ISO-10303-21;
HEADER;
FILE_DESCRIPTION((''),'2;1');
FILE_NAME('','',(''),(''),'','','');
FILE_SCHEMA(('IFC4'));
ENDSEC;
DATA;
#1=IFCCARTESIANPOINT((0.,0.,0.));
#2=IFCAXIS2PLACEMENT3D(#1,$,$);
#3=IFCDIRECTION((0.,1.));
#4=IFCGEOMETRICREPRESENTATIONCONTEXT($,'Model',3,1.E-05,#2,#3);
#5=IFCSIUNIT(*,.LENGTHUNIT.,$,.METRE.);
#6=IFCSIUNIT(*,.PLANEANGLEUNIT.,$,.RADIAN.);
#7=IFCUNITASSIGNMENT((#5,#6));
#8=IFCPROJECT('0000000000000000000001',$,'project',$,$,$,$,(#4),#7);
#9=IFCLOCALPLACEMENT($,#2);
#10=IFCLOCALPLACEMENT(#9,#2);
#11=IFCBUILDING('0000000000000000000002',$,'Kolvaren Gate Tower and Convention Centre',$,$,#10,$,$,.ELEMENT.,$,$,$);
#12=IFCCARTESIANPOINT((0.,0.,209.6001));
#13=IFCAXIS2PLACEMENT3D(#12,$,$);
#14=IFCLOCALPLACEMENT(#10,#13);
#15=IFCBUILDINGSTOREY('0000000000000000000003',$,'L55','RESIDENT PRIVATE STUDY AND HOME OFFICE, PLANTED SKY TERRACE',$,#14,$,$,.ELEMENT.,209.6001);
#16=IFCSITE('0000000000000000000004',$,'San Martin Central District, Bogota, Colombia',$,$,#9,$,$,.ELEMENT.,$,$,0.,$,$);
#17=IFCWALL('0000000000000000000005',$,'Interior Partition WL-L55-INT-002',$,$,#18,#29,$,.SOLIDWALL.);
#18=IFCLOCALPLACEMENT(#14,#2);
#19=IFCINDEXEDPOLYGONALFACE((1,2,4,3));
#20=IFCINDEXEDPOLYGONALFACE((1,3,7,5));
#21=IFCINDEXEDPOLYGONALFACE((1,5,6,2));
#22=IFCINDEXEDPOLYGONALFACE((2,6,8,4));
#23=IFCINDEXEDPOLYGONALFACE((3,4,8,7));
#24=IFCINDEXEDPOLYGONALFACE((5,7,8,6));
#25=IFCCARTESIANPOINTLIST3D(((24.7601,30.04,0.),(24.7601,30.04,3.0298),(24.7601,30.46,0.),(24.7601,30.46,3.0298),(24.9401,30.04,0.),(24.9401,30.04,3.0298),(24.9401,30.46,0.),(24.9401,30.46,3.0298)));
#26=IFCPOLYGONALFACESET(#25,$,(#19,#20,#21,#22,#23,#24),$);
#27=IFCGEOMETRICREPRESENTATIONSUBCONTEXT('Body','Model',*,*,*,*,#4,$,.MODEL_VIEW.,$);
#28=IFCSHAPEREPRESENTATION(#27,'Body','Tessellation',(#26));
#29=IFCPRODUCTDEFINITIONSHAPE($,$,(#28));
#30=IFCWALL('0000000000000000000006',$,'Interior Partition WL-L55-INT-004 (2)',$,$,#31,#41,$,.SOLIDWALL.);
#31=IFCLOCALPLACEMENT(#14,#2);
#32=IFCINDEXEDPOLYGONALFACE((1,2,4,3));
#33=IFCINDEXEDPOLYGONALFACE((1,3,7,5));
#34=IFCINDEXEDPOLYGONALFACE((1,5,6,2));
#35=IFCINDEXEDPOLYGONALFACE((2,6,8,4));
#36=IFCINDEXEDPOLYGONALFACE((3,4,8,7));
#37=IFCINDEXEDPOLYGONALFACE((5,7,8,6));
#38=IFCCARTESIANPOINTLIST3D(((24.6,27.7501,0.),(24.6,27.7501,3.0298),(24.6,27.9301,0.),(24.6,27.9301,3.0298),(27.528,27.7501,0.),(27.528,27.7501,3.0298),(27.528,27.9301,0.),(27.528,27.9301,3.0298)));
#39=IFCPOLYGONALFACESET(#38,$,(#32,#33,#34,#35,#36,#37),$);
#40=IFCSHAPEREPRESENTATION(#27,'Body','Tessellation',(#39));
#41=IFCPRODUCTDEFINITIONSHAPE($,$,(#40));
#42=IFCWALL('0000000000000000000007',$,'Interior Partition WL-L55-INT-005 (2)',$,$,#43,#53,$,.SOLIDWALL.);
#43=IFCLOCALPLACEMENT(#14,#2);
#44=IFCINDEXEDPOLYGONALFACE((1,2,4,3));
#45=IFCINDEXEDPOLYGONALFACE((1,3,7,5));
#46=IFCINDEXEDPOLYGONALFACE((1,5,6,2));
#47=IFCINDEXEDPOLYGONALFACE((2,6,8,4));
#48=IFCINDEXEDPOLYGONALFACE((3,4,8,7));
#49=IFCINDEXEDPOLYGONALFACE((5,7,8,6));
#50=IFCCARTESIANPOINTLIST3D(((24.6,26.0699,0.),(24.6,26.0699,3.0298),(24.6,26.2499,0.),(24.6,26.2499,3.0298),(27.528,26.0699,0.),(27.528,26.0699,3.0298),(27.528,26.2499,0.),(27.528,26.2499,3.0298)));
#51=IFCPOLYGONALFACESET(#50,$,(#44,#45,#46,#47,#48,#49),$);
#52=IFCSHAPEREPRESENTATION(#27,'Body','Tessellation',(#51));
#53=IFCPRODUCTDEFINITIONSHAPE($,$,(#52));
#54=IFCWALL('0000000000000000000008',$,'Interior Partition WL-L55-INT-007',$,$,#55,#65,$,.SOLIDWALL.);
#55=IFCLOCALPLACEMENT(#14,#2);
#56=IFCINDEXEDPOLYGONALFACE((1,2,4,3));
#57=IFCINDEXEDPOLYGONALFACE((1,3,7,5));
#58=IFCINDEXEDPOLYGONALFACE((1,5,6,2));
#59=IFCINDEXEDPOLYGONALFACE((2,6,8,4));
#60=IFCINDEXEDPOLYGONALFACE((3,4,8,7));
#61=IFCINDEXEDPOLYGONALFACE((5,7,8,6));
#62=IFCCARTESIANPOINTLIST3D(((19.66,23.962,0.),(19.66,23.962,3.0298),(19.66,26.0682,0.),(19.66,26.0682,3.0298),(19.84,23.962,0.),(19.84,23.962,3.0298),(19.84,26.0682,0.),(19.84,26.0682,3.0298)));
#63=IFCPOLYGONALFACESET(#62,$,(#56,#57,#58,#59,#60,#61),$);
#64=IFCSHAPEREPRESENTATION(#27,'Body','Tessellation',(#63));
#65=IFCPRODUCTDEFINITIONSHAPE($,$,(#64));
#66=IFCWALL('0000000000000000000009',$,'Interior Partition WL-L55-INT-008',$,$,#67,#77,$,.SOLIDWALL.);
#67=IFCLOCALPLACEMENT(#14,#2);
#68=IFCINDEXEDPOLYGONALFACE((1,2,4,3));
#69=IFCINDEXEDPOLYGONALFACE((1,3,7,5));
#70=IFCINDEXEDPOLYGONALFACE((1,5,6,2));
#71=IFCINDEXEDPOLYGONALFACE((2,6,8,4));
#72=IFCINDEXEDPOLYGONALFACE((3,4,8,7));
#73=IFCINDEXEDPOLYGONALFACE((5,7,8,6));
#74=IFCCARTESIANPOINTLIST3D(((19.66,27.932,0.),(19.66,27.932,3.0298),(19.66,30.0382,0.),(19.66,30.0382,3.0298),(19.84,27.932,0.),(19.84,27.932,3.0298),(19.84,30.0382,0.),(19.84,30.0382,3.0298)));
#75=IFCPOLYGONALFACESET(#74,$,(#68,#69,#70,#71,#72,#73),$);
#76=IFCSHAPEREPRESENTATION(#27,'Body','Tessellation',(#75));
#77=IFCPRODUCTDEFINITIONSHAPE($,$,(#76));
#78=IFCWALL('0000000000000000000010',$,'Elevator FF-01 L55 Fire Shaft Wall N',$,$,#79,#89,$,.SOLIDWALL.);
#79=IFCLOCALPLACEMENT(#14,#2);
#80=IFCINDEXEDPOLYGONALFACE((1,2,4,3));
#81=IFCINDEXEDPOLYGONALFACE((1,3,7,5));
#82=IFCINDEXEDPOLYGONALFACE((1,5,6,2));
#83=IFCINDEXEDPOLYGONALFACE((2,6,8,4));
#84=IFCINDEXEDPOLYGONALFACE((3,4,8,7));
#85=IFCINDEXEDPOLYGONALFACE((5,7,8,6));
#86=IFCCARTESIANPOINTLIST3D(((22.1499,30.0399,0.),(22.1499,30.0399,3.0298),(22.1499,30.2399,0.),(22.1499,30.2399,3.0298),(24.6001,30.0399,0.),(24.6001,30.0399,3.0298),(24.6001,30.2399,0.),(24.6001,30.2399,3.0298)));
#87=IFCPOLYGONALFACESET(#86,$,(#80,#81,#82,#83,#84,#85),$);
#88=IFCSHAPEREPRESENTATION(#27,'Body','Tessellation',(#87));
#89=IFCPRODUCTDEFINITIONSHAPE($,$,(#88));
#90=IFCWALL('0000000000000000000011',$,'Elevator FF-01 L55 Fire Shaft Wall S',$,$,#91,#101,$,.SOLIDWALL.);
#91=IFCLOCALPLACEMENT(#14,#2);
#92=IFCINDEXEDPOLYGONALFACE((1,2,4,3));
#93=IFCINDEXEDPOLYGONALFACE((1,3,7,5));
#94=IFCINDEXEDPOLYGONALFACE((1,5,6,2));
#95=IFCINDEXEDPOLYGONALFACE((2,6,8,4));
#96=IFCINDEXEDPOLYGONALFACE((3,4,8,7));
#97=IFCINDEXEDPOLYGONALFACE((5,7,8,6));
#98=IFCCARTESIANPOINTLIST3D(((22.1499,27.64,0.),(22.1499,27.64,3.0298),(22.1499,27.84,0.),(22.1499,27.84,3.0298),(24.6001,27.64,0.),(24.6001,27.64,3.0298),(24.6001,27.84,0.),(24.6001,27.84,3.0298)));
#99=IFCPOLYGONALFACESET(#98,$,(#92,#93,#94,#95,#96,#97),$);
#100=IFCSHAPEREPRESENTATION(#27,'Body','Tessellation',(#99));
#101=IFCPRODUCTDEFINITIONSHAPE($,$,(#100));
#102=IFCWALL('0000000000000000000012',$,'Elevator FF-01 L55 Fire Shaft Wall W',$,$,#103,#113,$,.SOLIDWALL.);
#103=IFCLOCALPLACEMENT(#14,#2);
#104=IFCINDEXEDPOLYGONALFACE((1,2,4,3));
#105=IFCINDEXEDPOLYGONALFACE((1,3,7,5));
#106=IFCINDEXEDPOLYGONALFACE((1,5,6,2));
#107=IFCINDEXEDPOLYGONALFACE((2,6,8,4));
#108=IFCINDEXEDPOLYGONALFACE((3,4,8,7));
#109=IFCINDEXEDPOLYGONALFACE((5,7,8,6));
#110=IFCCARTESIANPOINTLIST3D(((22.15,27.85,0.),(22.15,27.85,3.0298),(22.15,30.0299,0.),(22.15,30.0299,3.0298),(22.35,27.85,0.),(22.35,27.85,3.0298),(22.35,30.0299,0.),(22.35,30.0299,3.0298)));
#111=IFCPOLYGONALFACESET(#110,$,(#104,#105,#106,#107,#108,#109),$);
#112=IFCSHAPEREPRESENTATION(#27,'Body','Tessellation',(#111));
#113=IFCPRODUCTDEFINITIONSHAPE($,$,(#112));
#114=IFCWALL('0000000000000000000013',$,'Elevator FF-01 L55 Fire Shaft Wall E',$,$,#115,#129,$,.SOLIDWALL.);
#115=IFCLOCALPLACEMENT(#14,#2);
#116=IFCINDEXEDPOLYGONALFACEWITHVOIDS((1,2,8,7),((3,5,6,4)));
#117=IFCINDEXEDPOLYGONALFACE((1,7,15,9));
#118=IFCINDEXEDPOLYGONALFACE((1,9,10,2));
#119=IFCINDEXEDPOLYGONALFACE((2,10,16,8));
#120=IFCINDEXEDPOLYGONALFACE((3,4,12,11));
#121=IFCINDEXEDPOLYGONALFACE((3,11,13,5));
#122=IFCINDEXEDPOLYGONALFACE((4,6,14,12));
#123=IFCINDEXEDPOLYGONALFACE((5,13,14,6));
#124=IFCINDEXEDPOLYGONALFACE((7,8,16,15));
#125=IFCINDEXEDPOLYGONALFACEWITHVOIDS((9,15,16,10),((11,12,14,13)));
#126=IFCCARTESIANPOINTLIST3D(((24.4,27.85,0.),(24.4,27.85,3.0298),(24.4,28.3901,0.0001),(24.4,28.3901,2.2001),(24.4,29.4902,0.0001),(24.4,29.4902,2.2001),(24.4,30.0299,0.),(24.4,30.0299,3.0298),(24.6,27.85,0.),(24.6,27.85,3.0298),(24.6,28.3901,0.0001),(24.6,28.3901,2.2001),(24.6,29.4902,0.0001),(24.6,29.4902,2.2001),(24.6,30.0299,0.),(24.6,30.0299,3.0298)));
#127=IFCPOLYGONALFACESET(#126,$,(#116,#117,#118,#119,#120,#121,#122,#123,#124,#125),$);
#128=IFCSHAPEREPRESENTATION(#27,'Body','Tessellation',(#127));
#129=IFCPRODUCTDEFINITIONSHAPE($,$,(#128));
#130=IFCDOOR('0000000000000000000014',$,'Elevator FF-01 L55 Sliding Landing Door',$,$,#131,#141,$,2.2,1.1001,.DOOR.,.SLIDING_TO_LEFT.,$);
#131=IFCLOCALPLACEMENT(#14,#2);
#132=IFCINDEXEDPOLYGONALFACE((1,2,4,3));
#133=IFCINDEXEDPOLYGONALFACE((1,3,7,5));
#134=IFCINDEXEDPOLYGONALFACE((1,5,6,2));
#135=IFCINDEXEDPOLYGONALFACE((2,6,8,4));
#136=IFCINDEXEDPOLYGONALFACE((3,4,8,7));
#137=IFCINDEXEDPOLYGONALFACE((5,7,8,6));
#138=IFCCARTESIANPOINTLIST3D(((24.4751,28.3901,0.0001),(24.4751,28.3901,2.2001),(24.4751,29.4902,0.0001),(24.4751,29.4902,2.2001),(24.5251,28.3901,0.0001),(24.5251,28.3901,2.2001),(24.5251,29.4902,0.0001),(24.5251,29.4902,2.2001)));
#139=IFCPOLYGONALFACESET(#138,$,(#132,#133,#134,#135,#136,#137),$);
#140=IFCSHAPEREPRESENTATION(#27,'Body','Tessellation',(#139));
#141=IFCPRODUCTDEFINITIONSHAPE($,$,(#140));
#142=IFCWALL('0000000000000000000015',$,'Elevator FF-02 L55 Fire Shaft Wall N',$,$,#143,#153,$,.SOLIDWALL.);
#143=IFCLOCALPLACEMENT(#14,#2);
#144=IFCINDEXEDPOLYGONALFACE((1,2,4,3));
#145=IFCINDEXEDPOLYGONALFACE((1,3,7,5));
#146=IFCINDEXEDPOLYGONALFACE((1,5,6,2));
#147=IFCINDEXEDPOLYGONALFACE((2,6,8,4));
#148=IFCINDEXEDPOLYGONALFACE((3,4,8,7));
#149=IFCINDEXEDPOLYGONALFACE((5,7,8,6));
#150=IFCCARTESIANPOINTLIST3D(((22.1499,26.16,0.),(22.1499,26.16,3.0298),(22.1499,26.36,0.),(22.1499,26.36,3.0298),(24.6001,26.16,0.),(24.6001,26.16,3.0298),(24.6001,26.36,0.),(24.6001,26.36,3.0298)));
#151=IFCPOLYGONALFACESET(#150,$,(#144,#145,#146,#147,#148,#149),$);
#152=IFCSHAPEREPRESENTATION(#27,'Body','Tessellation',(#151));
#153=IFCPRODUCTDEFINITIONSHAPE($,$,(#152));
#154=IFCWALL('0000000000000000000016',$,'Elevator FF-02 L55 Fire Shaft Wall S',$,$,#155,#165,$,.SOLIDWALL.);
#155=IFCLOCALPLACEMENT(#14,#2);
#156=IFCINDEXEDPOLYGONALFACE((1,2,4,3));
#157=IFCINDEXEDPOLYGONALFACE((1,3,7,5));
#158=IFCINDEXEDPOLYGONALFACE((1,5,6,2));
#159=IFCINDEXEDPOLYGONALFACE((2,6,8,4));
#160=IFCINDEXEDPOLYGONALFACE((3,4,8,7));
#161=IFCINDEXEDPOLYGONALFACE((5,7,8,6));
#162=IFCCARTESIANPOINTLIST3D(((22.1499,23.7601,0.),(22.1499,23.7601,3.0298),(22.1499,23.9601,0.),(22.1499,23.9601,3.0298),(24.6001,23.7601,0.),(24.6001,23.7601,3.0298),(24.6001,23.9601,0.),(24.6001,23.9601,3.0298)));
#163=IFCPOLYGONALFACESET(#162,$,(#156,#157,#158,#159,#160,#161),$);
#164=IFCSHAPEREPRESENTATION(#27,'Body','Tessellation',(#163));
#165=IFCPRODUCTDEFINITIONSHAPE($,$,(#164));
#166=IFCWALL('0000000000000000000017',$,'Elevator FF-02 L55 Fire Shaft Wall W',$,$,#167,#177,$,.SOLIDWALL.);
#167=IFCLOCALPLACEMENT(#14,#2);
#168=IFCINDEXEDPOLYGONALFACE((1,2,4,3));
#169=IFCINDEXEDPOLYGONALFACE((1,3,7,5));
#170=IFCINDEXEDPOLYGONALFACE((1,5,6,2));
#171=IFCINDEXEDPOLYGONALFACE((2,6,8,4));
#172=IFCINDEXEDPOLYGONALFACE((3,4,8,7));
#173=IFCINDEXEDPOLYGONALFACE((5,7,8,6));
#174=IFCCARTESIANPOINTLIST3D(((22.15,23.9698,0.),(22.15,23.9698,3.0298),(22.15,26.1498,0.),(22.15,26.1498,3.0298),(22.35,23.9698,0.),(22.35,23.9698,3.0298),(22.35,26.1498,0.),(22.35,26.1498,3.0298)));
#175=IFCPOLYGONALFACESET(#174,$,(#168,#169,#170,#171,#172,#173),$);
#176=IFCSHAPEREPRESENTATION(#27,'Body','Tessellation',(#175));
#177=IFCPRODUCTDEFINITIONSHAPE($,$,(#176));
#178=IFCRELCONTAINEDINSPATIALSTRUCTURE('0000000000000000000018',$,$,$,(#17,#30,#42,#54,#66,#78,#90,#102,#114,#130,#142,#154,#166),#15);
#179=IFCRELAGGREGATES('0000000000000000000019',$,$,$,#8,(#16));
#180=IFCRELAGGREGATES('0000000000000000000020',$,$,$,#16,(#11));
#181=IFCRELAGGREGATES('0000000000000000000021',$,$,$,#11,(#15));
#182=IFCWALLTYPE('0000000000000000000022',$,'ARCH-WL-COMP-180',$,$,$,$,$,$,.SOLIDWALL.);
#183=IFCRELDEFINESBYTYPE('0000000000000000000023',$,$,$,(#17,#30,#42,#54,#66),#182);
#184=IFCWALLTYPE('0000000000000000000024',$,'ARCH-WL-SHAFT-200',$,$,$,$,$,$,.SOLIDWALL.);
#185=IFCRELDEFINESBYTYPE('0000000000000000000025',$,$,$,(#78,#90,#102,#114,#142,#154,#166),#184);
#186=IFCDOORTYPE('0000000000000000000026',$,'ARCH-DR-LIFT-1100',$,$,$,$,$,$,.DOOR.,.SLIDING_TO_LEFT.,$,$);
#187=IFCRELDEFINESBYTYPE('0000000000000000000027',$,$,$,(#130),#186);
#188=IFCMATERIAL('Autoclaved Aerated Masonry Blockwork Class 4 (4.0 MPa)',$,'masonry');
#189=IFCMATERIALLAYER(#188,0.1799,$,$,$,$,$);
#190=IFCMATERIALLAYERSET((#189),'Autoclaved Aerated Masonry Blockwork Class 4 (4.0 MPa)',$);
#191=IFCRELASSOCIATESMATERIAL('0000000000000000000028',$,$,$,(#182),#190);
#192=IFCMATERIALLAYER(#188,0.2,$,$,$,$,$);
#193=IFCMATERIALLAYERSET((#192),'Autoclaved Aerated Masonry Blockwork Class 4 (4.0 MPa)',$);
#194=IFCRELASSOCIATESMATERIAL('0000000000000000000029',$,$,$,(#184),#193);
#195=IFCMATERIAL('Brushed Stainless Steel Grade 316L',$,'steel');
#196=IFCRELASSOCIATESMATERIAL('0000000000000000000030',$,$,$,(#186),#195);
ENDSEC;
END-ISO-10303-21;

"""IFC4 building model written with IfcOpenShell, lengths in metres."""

from ifc_helpers import new_model, si_unit, direction, frame, frame_2d, origin, place, context, subcontext, project, spatial, rectangle, extrude, material, layer, layer_set, type_object, element, fill, save


model = new_model("IFC4")

# Units and contexts
model_context = context("Model", 3, precision=1e-05, world=origin(), true_north=direction((0.0, 1.0)))
body_context = subcontext(model_context, "Body", "Model", "MODEL_VIEW")
ifc_project = project(units=[si_unit("LENGTHUNIT", "METRE"), si_unit("PLANEANGLEUNIT", "RADIAN")], contexts=[model_context])

# Site, building, storey
site_placement = place(None, origin())
site = spatial("IfcSite", under=ifc_project, at=site_placement, Name="San Martin Central District, Bogota, Colombia", CompositionType="ELEMENT", RefElevation=0.0)
building_placement = place(site_placement, origin())
building = spatial("IfcBuilding", under=site, at=building_placement, Name="Kolvaren Gate Tower and Convention Centre", CompositionType="ELEMENT")
storey_placement = place(building_placement, frame((0.0, 0.0, 209.6001)))
storey = spatial("IfcBuildingStorey", under=building, at=storey_placement, Name="L55", Description="RESIDENT PRIVATE STUDY AND HOME OFFICE, PLANTED SKY TERRACE", CompositionType="ELEMENT", Elevation=209.6001)

# Walls
ifc_material_1 = material(Name="Autoclaved Aerated Masonry Blockwork Class 4 (4.0 MPa)", Category="masonry")
ifc_layer_1 = layer(ifc_material_1, 0.1799)
ifc_layer_set_1 = layer_set([ifc_layer_1], Name="Autoclaved Aerated Masonry Blockwork Class 4 (4.0 MPa)")
wall_type_1 = type_object("IfcWallType", Name="ARCH-WL-COMP-180", PredefinedType="SOLIDWALL", material=ifc_layer_set_1)
wall_1_placement = place(storey_placement, frame((24.8501, 30.04, 0.0), z_axis=(0.0, 0.0, 1.0), x_axis=(0.0, 1.0, 0.0)))
element("IfcWall", 1, at=wall_1_placement, inside=storey, type_object=wall_type_1, Name="Interior Partition WL-L55-INT-002", PredefinedType="SOLIDWALL", context=body_context, shape_type="SweptSolid", body=[
    extrude(rectangle(XDim=0.4199, YDim=0.1799, at=frame_2d((0.21, 0.0))), origin(), (0.0, 0.0, 1.0), 3.0298),
])
for number, where, z_axis, x_axis, name in (
    (2, (24.6001, 27.8401, 0.0), (0.0, 0.0, 1.0), (1.0, 0.0, 0.0), "Interior Partition WL-L55-INT-004 (2)"),
    (3, (24.6001, 26.1599, 0.0), (0.0, 0.0, 1.0), (1.0, 0.0, 0.0), "Interior Partition WL-L55-INT-005 (2)"),
):
    element("IfcWall", number, at=place(storey_placement, frame(where, z_axis=z_axis, x_axis=x_axis)), inside=storey, type_object=wall_type_1, Name=name, PredefinedType="SOLIDWALL", context=body_context, shape_type="SweptSolid", body=[
        extrude(rectangle(XDim=2.928, YDim=0.1799, at=frame_2d((1.4639, 0.0))), origin(), (0.0, 0.0, 1.0), 3.0298),
    ])
for number, where, z_axis, x_axis, name in (
    (4, (19.75, 23.9619, 0.0), (0.0, 0.0, 1.0), (0.0, 1.0, 0.0), "Interior Partition WL-L55-INT-007"),
    (5, (19.75, 27.9319, 0.0), (0.0, 0.0, 1.0), (0.0, 1.0, 0.0), "Interior Partition WL-L55-INT-008"),
):
    element("IfcWall", number, at=place(storey_placement, frame(where, z_axis=z_axis, x_axis=x_axis)), inside=storey, type_object=wall_type_1, Name=name, PredefinedType="SOLIDWALL", context=body_context, shape_type="SweptSolid", body=[
        extrude(rectangle(XDim=2.1062, YDim=0.1799, at=frame_2d((1.0532, 0.0))), origin(), (0.0, 0.0, 1.0), 3.0298),
    ])
ifc_layer_2 = layer(ifc_material_1, 0.2)
ifc_layer_set_2 = layer_set([ifc_layer_2], Name="Autoclaved Aerated Masonry Blockwork Class 4 (4.0 MPa)")
wall_type_2 = type_object("IfcWallType", Name="ARCH-WL-SHAFT-200", PredefinedType="SOLIDWALL", material=ifc_layer_set_2)
for number, where, z_axis, x_axis, name in (
    (6, (22.1499, 30.1399, 0.0), (0.0, 0.0, 1.0), (1.0, 0.0, 0.0), "Elevator FF-01 L55 Fire Shaft Wall N"),
    (7, (22.1499, 27.74, 0.0), (0.0, 0.0, 1.0), (1.0, 0.0, 0.0), "Elevator FF-01 L55 Fire Shaft Wall S"),
):
    element("IfcWall", number, at=place(storey_placement, frame(where, z_axis=z_axis, x_axis=x_axis)), inside=storey, type_object=wall_type_2, Name=name, PredefinedType="SOLIDWALL", context=body_context, shape_type="SweptSolid", body=[
        extrude(rectangle(XDim=2.4502, YDim=0.2, at=frame_2d((1.2251, 0.0))), origin(), (0.0, 0.0, 1.0), 3.0298),
    ])
wall_2_placement = place(storey_placement, frame((22.25, 27.8501, 0.0), z_axis=(0.0, 0.0, 1.0), x_axis=(0.0, 1.0, 0.0)))
element("IfcWall", 8, at=wall_2_placement, inside=storey, type_object=wall_type_2, Name="Elevator FF-01 L55 Fire Shaft Wall W", PredefinedType="SOLIDWALL", context=body_context, shape_type="SweptSolid", body=[
    extrude(rectangle(XDim=2.1799, YDim=0.2, at=frame_2d((1.0898, 0.0))), origin(), (0.0, 0.0, 1.0), 3.0298),
])

# Wall, opening, door
wall_3_placement = place(storey_placement, frame((24.5, 27.8501, 0.0), z_axis=(0.0, 0.0, 1.0), x_axis=(0.0, 1.0, 0.0)))
wall_3 = element("IfcWall", 9, at=wall_3_placement, inside=storey, type_object=wall_type_2, Name="Elevator FF-01 L55 Fire Shaft Wall E", PredefinedType="SOLIDWALL", context=body_context, shape_type="SweptSolid", body=[
    extrude(rectangle(XDim=2.1799, YDim=0.2, at=frame_2d((1.0898, 0.0))), origin(), (0.0, 0.0, 1.0), 3.0298),
])
opening_1_placement = place(wall_3_placement, frame((0.54, 0.0, 0.0)))
opening_1 = element("IfcOpeningElement", 10, at=opening_1_placement, cuts=wall_3, PredefinedType="OPENING", context=body_context, shape_type="SweptSolid", body=[
    extrude(rectangle(XDim=1.1001, YDim=2.2, at=frame_2d((0.55, 1.1001))), frame((0.0, 0.1099, 0.0), z_axis=(0.0, -1.0, 0.0), x_axis=(1.0, 0.0, 0.0)), (0.0, 0.0, 1.0), 0.22),
])
ifc_material_2 = material(Name="Brushed Stainless Steel Grade 316L", Category="steel")
door_type_1 = type_object("IfcDoorType", Name="ARCH-DR-LIFT-1100", OperationType="SLIDING_TO_LEFT", PredefinedType="DOOR", material=ifc_material_2)
door_1_placement = place(opening_1_placement, origin())
door_1 = element("IfcDoor", 11, at=door_1_placement, inside=storey, type_object=door_type_1, Name="Elevator FF-01 L55 Sliding Landing Door", OperationType="SLIDING_TO_LEFT", OverallHeight=2.2, OverallWidth=1.1001, PredefinedType="DOOR", context=body_context, shape_type="SweptSolid", body=[
    extrude(rectangle(XDim=1.1001, YDim=2.2, at=frame_2d((0.55, 1.1001))), frame((0.0, 0.0249, 0.0), z_axis=(0.0, -1.0, 0.0), x_axis=(1.0, 0.0, 0.0)), (0.0, 0.0, 1.0), 0.05),
])
fill(opening_1, door_1)

# Walls
for number, where, z_axis, x_axis, name in (
    (12, (22.1499, 26.26, 0.0), (0.0, 0.0, 1.0), (1.0, 0.0, 0.0), "Elevator FF-02 L55 Fire Shaft Wall N"),
    (13, (22.1499, 23.8601, 0.0), (0.0, 0.0, 1.0), (1.0, 0.0, 0.0), "Elevator FF-02 L55 Fire Shaft Wall S"),
):
    element("IfcWall", number, at=place(storey_placement, frame(where, z_axis=z_axis, x_axis=x_axis)), inside=storey, type_object=wall_type_2, Name=name, PredefinedType="SOLIDWALL", context=body_context, shape_type="SweptSolid", body=[
        extrude(rectangle(XDim=2.4502, YDim=0.2, at=frame_2d((1.2251, 0.0))), origin(), (0.0, 0.0, 1.0), 3.0298),
    ])
wall_4_placement = place(storey_placement, frame((22.25, 23.97, 0.0), z_axis=(0.0, 0.0, 1.0), x_axis=(0.0, 1.0, 0.0)))
element("IfcWall", 14, at=wall_4_placement, inside=storey, type_object=wall_type_2, Name="Elevator FF-02 L55 Fire Shaft Wall W", PredefinedType="SOLIDWALL", context=body_context, shape_type="SweptSolid", body=[
    extrude(rectangle(XDim=2.1799, YDim=0.2, at=frame_2d((1.0898, 0.0))), origin(), (0.0, 0.0, 1.0), 3.0298),
])

save(model, "model.ifc")
